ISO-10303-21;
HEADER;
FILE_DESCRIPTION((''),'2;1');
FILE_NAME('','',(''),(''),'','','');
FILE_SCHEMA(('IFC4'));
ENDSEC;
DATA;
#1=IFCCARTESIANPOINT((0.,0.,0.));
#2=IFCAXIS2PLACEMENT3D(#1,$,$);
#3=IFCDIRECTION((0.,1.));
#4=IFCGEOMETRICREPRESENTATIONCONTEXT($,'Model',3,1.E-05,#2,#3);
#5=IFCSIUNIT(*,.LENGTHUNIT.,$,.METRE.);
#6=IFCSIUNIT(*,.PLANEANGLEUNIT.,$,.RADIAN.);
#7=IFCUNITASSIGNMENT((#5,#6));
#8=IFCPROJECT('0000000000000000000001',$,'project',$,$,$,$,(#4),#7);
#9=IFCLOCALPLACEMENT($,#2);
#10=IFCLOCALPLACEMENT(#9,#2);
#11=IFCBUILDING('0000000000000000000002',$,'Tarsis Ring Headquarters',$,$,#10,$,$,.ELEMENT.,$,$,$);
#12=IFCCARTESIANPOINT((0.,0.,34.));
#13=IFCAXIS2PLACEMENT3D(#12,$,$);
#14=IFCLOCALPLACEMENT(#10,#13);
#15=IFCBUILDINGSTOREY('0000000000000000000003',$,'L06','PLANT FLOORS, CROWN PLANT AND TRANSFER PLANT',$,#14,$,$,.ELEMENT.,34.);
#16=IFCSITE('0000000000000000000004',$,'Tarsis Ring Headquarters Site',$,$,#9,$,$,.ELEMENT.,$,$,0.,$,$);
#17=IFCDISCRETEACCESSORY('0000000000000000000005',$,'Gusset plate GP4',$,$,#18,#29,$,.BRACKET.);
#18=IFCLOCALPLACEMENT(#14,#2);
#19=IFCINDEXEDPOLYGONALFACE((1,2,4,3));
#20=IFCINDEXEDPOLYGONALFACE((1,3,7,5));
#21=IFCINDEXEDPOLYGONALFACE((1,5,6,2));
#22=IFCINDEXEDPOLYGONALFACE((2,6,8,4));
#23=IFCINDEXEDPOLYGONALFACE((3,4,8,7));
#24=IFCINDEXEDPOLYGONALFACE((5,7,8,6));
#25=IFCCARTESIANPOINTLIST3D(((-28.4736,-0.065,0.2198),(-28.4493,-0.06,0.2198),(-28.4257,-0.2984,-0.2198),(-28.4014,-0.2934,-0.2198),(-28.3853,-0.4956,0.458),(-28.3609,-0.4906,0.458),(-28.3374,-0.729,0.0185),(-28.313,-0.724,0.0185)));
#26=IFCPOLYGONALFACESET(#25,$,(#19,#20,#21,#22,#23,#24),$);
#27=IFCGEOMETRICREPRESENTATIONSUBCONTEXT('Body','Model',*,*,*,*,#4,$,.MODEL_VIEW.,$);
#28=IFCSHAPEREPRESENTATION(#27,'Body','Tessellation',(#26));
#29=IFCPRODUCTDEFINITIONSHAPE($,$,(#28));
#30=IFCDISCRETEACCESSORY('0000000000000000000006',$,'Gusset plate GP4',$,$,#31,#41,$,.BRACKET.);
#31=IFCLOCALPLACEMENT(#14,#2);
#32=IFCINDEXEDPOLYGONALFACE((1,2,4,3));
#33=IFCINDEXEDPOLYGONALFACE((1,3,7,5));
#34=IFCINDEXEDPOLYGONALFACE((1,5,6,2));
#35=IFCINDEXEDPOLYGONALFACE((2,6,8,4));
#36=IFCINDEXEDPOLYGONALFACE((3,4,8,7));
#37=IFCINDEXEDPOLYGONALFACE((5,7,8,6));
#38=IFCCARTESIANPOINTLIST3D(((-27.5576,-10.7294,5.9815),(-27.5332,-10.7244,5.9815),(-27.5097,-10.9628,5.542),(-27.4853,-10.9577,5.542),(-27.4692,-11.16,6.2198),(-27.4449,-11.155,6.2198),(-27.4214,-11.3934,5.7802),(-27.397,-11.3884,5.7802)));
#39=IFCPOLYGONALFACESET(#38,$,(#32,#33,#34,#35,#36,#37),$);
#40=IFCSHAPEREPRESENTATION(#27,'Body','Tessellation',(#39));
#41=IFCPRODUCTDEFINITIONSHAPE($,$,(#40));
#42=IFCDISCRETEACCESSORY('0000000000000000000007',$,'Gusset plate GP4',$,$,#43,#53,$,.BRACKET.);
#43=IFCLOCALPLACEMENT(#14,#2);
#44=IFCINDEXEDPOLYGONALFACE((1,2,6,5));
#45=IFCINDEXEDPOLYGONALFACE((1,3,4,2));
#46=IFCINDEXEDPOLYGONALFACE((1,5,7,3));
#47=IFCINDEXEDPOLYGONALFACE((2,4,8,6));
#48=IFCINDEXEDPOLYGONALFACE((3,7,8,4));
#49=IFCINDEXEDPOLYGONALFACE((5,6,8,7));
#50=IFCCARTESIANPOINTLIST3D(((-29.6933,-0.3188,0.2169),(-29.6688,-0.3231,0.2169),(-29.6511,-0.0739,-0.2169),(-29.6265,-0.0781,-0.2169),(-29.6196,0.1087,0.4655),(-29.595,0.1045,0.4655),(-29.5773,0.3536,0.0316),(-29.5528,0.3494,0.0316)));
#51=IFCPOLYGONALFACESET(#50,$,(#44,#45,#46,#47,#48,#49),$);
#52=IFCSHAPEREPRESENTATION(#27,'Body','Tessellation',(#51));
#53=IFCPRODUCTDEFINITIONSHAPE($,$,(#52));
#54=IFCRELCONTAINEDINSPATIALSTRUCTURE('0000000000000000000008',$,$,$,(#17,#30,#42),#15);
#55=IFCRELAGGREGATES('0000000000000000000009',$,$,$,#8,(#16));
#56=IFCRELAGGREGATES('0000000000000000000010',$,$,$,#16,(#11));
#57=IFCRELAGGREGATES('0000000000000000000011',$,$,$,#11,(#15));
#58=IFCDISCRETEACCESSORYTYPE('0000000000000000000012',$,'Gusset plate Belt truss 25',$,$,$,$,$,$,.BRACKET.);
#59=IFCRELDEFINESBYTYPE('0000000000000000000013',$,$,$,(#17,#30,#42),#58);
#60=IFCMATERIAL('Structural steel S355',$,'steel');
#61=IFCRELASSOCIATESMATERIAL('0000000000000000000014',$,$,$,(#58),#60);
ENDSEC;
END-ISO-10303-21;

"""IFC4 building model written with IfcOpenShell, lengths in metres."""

from ifc_helpers import new_model, si_unit, direction, frame, origin, origin_2d, place, context, subcontext, project, spatial, rectangle, extrude, material, material_profile, profile_set, type_object, element, save


model = new_model("IFC4")

# Units and contexts
model_context = context("Model", 3, precision=1e-05, world=origin(), true_north=direction((0.0, 1.0)))
body_context = subcontext(model_context, "Body", "Model", "MODEL_VIEW")
ifc_project = project(units=[si_unit("LENGTHUNIT", "METRE"), si_unit("PLANEANGLEUNIT", "RADIAN")], contexts=[model_context])

# Site, building, storey
site_placement = place(None, origin())
site = spatial("IfcSite", under=ifc_project, at=site_placement, Name="Tarsis Ring Headquarters Site", CompositionType="ELEMENT", RefElevation=0.0)
building_placement = place(site_placement, origin())
building = spatial("IfcBuilding", under=site, at=building_placement, Name="Tarsis Ring Headquarters", CompositionType="ELEMENT")
storey_placement = place(building_placement, frame((0.0, 0.0, 34.0)))
storey = spatial("IfcBuildingStorey", under=building, at=storey_placement, Name="L06", Description="PLANT FLOORS, CROWN PLANT AND TRANSFER PLANT", CompositionType="ELEMENT", Elevation=34.0)

# Shared definitions
ifc_material_1 = material(Name="Structural steel S355", Category="steel")

# Discrete accessories
ifc_material_profile_1 = material_profile(ifc_material_1, rectangle(XDim=0.0249, YDim=0.5, at=origin_2d()), Name="PL 25x500")
ifc_profile_set_1 = profile_set([ifc_material_profile_1], Name="Structural steel S355")
discrete_accessory_type = type_object("IfcDiscreteAccessoryType", Name="Gusset plate Belt truss 25", PredefinedType="BRACKET", material=ifc_profile_set_1)
for number, where, z_axis, x_axis, name in (
    (1, (-28.4375, -0.1792, 0.0), (0.176736, -0.861224, 0.476505), (0.979586, 0.201026, 0.0), "Gusset plate GP4"),
    (2, (-27.4331, -11.2742, 6.0), (-0.176736, 0.861224, -0.476505), (-0.979586, -0.201026, 0.0), "Gusset plate GP4"),
    (3, (-29.6599, -0.1985, 0.0), (0.147475, 0.855059, 0.497116), (-0.98545, 0.169963, 0.0), "Gusset plate GP4"),
):
    element("IfcDiscreteAccessory", number, at=place(storey_placement, frame(where, z_axis=z_axis, x_axis=x_axis)), inside=storey, type_object=discrete_accessory_type, Name=name, PredefinedType="BRACKET", context=body_context, shape_type="SweptSolid", body=[
        extrude(rectangle(XDim=0.0249, YDim=0.5, at=origin_2d()), origin(), (0.0, 0.0, 1.0), 0.5),
    ])

save(model, "model.ifc")
